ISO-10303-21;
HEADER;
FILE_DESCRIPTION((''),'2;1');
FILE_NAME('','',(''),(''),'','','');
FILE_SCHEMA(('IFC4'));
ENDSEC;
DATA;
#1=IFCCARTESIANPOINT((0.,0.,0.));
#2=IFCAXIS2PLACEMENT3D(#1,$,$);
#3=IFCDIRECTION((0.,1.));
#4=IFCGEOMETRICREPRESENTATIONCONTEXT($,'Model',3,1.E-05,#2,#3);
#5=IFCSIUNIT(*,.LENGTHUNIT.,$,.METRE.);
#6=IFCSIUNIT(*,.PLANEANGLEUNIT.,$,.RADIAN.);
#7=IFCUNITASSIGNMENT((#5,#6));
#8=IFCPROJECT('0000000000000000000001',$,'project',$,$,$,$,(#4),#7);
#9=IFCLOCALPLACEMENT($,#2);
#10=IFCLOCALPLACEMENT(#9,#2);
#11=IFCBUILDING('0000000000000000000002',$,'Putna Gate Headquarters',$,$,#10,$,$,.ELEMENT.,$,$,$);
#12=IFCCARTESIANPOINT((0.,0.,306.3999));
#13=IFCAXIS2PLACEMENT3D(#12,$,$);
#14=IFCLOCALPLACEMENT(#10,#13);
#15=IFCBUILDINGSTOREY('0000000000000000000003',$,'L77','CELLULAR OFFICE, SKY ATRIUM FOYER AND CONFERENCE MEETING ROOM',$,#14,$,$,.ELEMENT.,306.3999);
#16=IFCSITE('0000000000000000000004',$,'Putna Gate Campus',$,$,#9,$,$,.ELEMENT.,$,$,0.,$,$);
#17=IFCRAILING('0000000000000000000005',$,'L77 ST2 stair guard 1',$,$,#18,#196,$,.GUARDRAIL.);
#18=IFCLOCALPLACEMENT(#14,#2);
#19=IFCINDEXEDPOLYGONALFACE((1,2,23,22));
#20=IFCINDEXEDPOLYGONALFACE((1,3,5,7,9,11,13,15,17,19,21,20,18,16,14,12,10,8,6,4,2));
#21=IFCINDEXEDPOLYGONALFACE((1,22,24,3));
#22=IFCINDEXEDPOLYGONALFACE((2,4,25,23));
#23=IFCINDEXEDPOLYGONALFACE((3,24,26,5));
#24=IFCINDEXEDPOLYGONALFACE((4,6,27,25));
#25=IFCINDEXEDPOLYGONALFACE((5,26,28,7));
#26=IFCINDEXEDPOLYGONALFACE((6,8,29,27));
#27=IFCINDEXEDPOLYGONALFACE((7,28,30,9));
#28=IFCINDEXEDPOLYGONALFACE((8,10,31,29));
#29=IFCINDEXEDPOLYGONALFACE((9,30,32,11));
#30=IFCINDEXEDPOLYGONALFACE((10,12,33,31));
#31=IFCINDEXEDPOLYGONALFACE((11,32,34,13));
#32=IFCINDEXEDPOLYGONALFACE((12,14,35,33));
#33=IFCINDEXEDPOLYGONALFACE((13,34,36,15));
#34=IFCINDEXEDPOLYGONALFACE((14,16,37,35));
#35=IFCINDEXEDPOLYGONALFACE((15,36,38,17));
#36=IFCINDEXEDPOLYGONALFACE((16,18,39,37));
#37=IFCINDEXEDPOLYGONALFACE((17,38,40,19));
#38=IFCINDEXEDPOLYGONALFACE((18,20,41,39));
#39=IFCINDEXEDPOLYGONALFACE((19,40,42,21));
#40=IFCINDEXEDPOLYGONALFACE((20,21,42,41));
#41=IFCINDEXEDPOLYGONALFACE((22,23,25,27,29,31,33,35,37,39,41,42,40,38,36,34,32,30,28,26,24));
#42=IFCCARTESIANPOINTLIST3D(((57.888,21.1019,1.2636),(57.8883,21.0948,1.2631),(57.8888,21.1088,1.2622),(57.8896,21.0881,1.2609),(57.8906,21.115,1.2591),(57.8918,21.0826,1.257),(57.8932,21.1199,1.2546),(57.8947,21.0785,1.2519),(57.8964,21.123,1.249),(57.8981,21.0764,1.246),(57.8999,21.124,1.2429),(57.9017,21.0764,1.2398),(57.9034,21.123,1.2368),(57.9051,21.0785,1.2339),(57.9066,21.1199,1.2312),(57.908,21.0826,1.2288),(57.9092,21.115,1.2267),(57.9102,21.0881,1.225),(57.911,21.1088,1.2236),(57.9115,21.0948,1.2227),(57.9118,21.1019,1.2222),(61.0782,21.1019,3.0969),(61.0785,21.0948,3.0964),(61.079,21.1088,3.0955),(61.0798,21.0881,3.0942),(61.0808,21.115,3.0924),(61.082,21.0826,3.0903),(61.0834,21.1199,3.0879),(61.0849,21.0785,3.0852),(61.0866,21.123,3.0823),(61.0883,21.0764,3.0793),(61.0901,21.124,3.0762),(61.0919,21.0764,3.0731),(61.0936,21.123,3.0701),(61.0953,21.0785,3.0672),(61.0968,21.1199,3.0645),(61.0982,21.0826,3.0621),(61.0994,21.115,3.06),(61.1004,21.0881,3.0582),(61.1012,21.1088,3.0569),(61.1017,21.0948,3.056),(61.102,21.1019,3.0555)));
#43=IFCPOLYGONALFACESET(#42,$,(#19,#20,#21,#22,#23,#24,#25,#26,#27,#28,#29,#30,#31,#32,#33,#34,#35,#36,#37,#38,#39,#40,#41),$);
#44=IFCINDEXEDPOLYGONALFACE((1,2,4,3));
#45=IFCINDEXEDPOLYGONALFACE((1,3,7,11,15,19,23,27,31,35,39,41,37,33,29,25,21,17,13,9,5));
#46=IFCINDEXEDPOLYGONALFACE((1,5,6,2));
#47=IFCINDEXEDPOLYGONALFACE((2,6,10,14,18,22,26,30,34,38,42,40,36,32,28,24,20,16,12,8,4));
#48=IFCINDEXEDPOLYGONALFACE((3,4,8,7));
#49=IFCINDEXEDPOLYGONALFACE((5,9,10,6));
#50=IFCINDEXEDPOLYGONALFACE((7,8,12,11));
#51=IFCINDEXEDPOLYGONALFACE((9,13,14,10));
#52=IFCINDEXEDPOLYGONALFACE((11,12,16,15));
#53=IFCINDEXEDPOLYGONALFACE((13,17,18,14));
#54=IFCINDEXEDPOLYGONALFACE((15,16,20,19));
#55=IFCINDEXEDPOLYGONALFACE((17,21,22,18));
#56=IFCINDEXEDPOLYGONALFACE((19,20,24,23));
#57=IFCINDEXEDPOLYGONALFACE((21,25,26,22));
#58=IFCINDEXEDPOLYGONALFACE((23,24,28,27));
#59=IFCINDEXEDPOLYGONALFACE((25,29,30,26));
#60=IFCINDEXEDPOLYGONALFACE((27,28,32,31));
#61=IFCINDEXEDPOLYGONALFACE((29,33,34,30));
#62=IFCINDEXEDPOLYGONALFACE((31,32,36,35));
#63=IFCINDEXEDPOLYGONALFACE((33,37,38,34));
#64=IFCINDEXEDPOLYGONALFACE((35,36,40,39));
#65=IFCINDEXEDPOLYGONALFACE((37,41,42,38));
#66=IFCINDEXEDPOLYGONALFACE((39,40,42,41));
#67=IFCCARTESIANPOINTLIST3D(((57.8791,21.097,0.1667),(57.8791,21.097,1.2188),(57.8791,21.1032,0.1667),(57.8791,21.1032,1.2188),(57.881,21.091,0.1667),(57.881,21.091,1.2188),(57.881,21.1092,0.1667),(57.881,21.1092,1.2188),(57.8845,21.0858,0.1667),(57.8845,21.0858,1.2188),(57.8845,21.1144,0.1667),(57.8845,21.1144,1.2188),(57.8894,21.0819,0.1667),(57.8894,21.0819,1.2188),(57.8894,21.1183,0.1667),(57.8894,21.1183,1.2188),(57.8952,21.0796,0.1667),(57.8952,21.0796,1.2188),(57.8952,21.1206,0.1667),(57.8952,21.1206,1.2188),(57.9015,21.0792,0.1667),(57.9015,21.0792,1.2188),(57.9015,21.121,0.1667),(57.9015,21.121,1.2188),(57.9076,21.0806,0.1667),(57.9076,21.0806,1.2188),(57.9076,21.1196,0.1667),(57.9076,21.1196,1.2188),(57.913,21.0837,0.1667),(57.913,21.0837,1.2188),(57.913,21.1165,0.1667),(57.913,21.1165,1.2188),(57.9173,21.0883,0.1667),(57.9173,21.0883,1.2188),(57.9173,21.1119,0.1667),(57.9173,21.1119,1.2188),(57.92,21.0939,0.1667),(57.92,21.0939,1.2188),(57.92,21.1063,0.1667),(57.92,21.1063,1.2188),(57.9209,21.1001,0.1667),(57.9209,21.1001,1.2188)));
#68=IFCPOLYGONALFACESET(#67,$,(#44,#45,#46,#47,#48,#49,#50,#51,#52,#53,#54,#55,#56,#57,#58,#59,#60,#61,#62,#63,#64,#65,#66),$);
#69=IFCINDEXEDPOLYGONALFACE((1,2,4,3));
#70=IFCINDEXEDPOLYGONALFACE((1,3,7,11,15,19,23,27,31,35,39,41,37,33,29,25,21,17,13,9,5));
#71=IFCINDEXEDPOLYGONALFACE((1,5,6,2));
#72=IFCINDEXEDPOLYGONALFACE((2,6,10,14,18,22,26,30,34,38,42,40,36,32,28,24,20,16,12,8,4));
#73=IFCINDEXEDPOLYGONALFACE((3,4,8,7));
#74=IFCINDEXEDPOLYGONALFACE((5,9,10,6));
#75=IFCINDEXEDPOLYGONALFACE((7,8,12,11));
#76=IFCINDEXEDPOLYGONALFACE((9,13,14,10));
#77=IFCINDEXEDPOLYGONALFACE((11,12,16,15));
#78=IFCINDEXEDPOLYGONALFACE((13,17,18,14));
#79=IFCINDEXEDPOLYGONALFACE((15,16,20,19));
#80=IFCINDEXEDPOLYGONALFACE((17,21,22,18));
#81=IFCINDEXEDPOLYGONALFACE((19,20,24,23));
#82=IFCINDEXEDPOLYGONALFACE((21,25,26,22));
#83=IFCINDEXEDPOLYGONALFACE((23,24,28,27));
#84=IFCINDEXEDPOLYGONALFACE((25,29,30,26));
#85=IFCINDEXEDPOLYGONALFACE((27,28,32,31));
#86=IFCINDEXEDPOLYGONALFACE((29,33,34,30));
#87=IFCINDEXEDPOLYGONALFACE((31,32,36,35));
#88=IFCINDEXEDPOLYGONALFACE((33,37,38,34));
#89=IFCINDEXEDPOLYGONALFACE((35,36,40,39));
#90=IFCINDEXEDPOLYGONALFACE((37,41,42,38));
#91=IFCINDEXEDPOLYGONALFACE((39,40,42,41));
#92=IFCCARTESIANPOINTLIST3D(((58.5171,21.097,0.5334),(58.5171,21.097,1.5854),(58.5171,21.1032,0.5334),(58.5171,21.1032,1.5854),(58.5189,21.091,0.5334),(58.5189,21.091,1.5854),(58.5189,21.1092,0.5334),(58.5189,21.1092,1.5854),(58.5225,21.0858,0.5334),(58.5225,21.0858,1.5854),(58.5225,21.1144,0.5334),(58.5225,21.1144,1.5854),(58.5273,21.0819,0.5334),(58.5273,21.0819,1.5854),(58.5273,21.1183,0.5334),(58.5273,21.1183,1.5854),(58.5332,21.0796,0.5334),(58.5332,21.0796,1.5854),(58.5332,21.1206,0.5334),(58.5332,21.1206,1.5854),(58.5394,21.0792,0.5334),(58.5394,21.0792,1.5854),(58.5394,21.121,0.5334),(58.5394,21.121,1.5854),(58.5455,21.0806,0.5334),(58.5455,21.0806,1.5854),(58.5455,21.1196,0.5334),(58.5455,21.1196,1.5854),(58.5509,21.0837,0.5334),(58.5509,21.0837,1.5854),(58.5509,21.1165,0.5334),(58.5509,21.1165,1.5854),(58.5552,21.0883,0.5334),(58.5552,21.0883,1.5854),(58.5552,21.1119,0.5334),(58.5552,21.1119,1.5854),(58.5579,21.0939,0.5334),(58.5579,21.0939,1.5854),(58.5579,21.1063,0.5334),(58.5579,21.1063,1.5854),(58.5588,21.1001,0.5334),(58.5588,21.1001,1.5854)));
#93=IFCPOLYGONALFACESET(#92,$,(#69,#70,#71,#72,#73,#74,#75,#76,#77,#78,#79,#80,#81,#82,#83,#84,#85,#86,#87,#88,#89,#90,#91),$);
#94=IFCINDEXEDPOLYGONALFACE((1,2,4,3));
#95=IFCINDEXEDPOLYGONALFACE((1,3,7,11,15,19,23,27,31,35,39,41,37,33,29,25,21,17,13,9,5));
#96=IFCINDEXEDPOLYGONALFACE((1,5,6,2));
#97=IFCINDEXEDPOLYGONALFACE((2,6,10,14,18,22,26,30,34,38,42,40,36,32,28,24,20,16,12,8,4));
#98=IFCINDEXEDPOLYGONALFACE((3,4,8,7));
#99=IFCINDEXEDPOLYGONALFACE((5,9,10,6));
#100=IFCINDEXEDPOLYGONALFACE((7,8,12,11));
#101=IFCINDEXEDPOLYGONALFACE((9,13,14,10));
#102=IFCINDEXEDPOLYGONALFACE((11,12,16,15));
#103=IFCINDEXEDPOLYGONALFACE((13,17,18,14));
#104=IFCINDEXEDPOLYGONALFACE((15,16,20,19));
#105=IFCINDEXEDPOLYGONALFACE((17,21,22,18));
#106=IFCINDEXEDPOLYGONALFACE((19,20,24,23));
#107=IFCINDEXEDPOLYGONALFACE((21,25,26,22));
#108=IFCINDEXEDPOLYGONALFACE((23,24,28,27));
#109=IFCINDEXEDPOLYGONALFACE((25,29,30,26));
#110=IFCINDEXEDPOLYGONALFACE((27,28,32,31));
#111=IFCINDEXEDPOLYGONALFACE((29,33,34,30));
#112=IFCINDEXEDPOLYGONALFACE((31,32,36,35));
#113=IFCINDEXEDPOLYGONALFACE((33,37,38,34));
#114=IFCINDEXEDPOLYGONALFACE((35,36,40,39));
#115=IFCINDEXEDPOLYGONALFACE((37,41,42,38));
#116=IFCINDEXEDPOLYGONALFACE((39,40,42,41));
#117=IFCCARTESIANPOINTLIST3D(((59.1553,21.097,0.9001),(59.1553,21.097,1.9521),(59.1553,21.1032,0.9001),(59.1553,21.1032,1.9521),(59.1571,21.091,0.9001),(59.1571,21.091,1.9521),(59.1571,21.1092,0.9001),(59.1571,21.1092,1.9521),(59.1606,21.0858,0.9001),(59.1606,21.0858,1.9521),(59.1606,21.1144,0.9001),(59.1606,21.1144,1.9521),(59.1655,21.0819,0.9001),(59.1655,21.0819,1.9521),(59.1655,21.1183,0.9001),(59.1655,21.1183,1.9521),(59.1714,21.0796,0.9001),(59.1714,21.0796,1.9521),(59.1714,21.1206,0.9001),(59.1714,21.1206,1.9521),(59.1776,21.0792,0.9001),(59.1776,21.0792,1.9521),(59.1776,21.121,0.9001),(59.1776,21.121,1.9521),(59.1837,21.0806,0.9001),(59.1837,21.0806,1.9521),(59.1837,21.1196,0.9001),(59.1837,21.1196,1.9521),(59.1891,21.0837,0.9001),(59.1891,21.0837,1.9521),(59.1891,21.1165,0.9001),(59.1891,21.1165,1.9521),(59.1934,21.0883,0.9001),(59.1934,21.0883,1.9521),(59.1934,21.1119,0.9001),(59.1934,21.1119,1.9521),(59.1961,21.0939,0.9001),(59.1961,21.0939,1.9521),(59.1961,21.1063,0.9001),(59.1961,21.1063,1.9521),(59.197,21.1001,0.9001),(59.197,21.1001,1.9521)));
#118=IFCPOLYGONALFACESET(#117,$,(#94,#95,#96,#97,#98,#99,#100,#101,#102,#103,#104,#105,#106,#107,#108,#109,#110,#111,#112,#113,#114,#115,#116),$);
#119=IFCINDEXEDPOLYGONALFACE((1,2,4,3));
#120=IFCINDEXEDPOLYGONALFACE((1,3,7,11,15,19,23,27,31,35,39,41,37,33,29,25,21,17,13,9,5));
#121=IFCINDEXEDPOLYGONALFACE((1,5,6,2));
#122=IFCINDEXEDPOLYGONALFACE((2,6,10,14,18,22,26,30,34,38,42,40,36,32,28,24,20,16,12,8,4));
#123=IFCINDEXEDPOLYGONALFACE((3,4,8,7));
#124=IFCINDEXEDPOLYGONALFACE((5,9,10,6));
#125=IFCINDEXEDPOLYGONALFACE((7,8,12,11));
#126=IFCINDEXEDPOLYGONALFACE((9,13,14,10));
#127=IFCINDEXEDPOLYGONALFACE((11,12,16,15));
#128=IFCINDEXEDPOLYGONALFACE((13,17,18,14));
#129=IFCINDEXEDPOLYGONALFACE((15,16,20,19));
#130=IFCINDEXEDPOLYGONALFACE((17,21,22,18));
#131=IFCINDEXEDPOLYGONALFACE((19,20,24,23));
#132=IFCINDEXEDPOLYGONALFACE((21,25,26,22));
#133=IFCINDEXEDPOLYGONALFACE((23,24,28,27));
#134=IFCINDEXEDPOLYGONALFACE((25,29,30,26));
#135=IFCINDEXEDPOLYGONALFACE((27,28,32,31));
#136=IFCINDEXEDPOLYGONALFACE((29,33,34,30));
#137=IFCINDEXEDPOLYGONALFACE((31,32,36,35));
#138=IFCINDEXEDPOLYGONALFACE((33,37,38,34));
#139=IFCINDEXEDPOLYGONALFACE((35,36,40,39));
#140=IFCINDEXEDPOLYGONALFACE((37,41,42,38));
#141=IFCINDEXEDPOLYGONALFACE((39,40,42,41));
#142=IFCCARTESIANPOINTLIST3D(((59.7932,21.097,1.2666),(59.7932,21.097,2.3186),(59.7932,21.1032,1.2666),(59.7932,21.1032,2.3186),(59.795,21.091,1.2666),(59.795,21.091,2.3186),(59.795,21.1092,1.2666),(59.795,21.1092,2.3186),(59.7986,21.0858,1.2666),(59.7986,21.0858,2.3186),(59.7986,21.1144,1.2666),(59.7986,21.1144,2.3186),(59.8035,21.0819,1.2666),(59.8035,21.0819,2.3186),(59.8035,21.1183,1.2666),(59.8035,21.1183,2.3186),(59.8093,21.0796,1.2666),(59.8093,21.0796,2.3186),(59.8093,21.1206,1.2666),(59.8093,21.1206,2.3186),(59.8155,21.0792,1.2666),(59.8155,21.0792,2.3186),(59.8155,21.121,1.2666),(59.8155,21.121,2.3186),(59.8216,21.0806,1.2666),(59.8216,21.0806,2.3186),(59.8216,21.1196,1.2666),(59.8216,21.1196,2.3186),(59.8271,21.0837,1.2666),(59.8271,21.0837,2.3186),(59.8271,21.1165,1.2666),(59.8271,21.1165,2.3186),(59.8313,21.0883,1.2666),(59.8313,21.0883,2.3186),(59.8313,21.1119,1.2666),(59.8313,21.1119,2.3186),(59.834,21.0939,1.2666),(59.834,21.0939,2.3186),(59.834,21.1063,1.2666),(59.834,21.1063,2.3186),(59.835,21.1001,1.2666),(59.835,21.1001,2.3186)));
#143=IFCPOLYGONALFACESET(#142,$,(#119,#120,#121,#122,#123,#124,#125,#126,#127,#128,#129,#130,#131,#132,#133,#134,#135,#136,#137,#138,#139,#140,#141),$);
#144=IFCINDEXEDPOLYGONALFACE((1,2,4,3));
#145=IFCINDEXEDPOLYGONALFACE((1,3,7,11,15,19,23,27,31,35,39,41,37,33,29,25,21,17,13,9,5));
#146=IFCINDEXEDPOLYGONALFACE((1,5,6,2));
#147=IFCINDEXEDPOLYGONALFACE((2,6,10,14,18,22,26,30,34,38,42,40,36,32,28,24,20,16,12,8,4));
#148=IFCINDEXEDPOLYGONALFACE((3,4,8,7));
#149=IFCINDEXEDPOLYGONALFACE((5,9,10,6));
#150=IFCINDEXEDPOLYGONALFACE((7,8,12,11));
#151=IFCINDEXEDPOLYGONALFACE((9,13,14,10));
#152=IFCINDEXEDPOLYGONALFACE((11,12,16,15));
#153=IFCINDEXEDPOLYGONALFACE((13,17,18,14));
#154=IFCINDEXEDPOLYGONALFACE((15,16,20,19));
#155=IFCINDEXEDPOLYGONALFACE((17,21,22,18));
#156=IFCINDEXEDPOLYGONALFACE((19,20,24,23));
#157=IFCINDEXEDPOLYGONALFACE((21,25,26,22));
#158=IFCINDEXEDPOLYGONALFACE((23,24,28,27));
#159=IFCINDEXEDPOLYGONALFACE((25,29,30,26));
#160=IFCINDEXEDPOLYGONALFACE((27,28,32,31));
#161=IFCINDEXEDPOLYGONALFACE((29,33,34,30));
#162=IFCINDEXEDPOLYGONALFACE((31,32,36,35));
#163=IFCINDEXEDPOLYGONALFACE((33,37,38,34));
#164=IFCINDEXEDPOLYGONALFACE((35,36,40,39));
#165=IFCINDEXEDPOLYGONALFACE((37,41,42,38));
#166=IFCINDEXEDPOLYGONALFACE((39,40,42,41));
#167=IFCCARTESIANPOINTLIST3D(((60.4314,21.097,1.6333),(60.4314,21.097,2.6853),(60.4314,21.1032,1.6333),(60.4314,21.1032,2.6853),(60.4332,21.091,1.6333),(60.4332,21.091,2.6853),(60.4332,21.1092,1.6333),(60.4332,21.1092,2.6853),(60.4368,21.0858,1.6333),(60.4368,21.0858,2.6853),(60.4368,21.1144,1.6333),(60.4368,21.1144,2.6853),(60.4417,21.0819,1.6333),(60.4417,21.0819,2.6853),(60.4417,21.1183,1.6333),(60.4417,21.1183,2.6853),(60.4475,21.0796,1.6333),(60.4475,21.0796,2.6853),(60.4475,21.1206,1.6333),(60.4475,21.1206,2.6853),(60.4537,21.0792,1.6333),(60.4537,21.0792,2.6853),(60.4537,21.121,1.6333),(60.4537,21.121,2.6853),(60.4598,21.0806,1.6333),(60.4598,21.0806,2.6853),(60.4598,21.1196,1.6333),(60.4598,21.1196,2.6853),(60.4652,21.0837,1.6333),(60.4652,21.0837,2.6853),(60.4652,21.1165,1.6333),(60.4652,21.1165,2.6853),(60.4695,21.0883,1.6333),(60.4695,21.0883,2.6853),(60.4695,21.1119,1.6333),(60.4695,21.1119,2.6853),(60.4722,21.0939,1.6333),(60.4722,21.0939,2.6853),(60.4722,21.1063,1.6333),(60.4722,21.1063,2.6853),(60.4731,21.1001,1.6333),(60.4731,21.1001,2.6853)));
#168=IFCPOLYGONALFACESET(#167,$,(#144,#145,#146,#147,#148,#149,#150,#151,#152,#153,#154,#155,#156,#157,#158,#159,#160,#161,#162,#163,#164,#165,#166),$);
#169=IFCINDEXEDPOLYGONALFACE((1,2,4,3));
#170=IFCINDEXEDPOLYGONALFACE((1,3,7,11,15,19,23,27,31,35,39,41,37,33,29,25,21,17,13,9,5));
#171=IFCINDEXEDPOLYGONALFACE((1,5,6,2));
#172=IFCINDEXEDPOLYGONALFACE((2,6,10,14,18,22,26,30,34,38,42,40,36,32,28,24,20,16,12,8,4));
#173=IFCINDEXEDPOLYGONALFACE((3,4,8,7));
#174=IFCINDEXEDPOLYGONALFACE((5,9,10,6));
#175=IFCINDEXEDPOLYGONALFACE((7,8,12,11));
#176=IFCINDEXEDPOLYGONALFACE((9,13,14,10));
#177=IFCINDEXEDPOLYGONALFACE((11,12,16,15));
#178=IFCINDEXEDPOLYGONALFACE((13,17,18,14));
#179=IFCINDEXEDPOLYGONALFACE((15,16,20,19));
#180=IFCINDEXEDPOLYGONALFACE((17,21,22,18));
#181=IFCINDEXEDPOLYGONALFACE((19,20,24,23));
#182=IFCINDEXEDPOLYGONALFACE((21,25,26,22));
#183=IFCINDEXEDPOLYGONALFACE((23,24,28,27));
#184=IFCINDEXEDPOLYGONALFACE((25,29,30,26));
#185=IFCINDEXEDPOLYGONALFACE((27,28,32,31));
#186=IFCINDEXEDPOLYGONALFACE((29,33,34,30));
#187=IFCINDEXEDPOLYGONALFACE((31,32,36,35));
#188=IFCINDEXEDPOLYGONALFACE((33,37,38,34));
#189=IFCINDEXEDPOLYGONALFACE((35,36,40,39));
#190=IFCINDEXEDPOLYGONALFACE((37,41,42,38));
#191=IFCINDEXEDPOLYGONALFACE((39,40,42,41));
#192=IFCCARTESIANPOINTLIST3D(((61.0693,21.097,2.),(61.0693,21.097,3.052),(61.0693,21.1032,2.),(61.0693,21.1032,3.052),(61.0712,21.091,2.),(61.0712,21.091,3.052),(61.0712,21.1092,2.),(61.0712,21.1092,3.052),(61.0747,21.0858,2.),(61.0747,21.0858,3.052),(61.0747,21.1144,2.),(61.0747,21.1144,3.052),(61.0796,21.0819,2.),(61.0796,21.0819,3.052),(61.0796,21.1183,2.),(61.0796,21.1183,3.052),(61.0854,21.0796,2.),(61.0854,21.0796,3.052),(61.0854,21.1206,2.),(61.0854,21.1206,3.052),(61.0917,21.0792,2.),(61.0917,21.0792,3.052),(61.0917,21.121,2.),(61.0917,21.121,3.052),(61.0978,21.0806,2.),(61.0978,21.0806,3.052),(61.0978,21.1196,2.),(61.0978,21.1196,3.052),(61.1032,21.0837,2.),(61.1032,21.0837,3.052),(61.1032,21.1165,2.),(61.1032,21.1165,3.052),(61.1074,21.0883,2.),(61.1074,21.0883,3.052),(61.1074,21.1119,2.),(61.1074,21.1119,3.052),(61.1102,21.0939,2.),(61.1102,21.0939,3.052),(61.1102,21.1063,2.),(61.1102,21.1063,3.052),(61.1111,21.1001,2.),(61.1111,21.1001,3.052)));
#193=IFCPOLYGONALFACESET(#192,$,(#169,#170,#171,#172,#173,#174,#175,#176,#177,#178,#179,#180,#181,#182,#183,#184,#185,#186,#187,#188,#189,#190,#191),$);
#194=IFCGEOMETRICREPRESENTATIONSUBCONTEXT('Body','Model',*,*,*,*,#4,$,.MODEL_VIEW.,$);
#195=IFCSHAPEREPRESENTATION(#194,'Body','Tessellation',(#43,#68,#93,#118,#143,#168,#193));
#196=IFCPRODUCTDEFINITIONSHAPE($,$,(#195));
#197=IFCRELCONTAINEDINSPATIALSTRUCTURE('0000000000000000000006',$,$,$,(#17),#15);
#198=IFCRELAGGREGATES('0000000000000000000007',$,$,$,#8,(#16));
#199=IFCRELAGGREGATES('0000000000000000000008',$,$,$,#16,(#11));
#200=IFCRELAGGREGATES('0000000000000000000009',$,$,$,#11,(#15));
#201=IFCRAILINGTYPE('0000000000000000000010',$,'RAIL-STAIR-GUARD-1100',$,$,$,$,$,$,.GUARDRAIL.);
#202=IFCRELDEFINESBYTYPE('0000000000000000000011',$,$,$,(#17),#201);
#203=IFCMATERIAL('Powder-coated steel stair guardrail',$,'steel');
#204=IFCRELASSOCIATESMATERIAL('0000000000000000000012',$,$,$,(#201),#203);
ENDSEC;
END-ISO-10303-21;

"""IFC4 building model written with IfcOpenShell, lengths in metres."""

from ifc_helpers import new_model, si_unit, direction, frame, origin, origin_2d, place, context, subcontext, project, spatial, circle, extrude, material, type_object, element, save


model = new_model("IFC4")

# Units and contexts
model_context = context("Model", 3, precision=1e-05, world=origin(), true_north=direction((0.0, 1.0)))
body_context = subcontext(model_context, "Body", "Model", "MODEL_VIEW")
ifc_project = project(units=[si_unit("LENGTHUNIT", "METRE"), si_unit("PLANEANGLEUNIT", "RADIAN")], contexts=[model_context])

# Site, building, storey
site_placement = place(None, origin())
site = spatial("IfcSite", under=ifc_project, at=site_placement, Name="Putna Gate Campus", CompositionType="ELEMENT", RefElevation=0.0)
building_placement = place(site_placement, origin())
building = spatial("IfcBuilding", under=site, at=building_placement, Name="Putna Gate Headquarters", CompositionType="ELEMENT")
storey_placement = place(building_placement, frame((0.0, 0.0, 306.3999)))
storey = spatial("IfcBuildingStorey", under=building, at=storey_placement, Name="L77", Description="CELLULAR OFFICE, SKY ATRIUM FOYER AND CONFERENCE MEETING ROOM", CompositionType="ELEMENT", Elevation=306.3999)

# Railing
ifc_material_1 = material(Name="Powder-coated steel stair guardrail", Category="steel")
railing_type_1 = type_object("IfcRailingType", Name="RAIL-STAIR-GUARD-1100", PredefinedType="GUARDRAIL", material=ifc_material_1)
railing_1_placement = place(storey_placement, frame((57.8999, 21.1001, 0.1667)))
element("IfcRailing", 1, at=railing_1_placement, inside=storey, type_object=railing_type_1, Name="L77 ST2 stair guard 1", PredefinedType="GUARDRAIL", context=body_context, shape_type="SweptSolid", body=[
    extrude(circle(Radius=0.0239, at=origin_2d()), frame((0.0, 0.0, 1.0762), z_axis=(0.867036, 0.0, 0.498245), x_axis=(0.0, 1.0, 0.0)), (0.0, 0.0, 1.0), 3.6794),
    extrude(circle(Radius=0.021, at=origin_2d()), origin(), (0.0, 0.0, 1.0), 1.052),
    extrude(circle(Radius=0.021, at=origin_2d()), frame((0.6379, 0.0, 0.3667)), (0.0, 0.0, 1.0), 1.052),
    extrude(circle(Radius=0.021, at=origin_2d()), frame((1.2761, 0.0, 0.7334)), (0.0, 0.0, 1.0), 1.052),
    extrude(circle(Radius=0.021, at=origin_2d()), frame((1.9141, 0.0, 1.0999)), (0.0, 0.0, 1.0), 1.052),
    extrude(circle(Radius=0.021, at=origin_2d()), frame((2.5522, 0.0, 1.4666)), (0.0, 0.0, 1.0), 1.052),
    extrude(circle(Radius=0.021, at=origin_2d()), frame((3.1902, 0.0, 1.8333)), (0.0, 0.0, 1.0), 1.052),
])

save(model, "model.ifc")
